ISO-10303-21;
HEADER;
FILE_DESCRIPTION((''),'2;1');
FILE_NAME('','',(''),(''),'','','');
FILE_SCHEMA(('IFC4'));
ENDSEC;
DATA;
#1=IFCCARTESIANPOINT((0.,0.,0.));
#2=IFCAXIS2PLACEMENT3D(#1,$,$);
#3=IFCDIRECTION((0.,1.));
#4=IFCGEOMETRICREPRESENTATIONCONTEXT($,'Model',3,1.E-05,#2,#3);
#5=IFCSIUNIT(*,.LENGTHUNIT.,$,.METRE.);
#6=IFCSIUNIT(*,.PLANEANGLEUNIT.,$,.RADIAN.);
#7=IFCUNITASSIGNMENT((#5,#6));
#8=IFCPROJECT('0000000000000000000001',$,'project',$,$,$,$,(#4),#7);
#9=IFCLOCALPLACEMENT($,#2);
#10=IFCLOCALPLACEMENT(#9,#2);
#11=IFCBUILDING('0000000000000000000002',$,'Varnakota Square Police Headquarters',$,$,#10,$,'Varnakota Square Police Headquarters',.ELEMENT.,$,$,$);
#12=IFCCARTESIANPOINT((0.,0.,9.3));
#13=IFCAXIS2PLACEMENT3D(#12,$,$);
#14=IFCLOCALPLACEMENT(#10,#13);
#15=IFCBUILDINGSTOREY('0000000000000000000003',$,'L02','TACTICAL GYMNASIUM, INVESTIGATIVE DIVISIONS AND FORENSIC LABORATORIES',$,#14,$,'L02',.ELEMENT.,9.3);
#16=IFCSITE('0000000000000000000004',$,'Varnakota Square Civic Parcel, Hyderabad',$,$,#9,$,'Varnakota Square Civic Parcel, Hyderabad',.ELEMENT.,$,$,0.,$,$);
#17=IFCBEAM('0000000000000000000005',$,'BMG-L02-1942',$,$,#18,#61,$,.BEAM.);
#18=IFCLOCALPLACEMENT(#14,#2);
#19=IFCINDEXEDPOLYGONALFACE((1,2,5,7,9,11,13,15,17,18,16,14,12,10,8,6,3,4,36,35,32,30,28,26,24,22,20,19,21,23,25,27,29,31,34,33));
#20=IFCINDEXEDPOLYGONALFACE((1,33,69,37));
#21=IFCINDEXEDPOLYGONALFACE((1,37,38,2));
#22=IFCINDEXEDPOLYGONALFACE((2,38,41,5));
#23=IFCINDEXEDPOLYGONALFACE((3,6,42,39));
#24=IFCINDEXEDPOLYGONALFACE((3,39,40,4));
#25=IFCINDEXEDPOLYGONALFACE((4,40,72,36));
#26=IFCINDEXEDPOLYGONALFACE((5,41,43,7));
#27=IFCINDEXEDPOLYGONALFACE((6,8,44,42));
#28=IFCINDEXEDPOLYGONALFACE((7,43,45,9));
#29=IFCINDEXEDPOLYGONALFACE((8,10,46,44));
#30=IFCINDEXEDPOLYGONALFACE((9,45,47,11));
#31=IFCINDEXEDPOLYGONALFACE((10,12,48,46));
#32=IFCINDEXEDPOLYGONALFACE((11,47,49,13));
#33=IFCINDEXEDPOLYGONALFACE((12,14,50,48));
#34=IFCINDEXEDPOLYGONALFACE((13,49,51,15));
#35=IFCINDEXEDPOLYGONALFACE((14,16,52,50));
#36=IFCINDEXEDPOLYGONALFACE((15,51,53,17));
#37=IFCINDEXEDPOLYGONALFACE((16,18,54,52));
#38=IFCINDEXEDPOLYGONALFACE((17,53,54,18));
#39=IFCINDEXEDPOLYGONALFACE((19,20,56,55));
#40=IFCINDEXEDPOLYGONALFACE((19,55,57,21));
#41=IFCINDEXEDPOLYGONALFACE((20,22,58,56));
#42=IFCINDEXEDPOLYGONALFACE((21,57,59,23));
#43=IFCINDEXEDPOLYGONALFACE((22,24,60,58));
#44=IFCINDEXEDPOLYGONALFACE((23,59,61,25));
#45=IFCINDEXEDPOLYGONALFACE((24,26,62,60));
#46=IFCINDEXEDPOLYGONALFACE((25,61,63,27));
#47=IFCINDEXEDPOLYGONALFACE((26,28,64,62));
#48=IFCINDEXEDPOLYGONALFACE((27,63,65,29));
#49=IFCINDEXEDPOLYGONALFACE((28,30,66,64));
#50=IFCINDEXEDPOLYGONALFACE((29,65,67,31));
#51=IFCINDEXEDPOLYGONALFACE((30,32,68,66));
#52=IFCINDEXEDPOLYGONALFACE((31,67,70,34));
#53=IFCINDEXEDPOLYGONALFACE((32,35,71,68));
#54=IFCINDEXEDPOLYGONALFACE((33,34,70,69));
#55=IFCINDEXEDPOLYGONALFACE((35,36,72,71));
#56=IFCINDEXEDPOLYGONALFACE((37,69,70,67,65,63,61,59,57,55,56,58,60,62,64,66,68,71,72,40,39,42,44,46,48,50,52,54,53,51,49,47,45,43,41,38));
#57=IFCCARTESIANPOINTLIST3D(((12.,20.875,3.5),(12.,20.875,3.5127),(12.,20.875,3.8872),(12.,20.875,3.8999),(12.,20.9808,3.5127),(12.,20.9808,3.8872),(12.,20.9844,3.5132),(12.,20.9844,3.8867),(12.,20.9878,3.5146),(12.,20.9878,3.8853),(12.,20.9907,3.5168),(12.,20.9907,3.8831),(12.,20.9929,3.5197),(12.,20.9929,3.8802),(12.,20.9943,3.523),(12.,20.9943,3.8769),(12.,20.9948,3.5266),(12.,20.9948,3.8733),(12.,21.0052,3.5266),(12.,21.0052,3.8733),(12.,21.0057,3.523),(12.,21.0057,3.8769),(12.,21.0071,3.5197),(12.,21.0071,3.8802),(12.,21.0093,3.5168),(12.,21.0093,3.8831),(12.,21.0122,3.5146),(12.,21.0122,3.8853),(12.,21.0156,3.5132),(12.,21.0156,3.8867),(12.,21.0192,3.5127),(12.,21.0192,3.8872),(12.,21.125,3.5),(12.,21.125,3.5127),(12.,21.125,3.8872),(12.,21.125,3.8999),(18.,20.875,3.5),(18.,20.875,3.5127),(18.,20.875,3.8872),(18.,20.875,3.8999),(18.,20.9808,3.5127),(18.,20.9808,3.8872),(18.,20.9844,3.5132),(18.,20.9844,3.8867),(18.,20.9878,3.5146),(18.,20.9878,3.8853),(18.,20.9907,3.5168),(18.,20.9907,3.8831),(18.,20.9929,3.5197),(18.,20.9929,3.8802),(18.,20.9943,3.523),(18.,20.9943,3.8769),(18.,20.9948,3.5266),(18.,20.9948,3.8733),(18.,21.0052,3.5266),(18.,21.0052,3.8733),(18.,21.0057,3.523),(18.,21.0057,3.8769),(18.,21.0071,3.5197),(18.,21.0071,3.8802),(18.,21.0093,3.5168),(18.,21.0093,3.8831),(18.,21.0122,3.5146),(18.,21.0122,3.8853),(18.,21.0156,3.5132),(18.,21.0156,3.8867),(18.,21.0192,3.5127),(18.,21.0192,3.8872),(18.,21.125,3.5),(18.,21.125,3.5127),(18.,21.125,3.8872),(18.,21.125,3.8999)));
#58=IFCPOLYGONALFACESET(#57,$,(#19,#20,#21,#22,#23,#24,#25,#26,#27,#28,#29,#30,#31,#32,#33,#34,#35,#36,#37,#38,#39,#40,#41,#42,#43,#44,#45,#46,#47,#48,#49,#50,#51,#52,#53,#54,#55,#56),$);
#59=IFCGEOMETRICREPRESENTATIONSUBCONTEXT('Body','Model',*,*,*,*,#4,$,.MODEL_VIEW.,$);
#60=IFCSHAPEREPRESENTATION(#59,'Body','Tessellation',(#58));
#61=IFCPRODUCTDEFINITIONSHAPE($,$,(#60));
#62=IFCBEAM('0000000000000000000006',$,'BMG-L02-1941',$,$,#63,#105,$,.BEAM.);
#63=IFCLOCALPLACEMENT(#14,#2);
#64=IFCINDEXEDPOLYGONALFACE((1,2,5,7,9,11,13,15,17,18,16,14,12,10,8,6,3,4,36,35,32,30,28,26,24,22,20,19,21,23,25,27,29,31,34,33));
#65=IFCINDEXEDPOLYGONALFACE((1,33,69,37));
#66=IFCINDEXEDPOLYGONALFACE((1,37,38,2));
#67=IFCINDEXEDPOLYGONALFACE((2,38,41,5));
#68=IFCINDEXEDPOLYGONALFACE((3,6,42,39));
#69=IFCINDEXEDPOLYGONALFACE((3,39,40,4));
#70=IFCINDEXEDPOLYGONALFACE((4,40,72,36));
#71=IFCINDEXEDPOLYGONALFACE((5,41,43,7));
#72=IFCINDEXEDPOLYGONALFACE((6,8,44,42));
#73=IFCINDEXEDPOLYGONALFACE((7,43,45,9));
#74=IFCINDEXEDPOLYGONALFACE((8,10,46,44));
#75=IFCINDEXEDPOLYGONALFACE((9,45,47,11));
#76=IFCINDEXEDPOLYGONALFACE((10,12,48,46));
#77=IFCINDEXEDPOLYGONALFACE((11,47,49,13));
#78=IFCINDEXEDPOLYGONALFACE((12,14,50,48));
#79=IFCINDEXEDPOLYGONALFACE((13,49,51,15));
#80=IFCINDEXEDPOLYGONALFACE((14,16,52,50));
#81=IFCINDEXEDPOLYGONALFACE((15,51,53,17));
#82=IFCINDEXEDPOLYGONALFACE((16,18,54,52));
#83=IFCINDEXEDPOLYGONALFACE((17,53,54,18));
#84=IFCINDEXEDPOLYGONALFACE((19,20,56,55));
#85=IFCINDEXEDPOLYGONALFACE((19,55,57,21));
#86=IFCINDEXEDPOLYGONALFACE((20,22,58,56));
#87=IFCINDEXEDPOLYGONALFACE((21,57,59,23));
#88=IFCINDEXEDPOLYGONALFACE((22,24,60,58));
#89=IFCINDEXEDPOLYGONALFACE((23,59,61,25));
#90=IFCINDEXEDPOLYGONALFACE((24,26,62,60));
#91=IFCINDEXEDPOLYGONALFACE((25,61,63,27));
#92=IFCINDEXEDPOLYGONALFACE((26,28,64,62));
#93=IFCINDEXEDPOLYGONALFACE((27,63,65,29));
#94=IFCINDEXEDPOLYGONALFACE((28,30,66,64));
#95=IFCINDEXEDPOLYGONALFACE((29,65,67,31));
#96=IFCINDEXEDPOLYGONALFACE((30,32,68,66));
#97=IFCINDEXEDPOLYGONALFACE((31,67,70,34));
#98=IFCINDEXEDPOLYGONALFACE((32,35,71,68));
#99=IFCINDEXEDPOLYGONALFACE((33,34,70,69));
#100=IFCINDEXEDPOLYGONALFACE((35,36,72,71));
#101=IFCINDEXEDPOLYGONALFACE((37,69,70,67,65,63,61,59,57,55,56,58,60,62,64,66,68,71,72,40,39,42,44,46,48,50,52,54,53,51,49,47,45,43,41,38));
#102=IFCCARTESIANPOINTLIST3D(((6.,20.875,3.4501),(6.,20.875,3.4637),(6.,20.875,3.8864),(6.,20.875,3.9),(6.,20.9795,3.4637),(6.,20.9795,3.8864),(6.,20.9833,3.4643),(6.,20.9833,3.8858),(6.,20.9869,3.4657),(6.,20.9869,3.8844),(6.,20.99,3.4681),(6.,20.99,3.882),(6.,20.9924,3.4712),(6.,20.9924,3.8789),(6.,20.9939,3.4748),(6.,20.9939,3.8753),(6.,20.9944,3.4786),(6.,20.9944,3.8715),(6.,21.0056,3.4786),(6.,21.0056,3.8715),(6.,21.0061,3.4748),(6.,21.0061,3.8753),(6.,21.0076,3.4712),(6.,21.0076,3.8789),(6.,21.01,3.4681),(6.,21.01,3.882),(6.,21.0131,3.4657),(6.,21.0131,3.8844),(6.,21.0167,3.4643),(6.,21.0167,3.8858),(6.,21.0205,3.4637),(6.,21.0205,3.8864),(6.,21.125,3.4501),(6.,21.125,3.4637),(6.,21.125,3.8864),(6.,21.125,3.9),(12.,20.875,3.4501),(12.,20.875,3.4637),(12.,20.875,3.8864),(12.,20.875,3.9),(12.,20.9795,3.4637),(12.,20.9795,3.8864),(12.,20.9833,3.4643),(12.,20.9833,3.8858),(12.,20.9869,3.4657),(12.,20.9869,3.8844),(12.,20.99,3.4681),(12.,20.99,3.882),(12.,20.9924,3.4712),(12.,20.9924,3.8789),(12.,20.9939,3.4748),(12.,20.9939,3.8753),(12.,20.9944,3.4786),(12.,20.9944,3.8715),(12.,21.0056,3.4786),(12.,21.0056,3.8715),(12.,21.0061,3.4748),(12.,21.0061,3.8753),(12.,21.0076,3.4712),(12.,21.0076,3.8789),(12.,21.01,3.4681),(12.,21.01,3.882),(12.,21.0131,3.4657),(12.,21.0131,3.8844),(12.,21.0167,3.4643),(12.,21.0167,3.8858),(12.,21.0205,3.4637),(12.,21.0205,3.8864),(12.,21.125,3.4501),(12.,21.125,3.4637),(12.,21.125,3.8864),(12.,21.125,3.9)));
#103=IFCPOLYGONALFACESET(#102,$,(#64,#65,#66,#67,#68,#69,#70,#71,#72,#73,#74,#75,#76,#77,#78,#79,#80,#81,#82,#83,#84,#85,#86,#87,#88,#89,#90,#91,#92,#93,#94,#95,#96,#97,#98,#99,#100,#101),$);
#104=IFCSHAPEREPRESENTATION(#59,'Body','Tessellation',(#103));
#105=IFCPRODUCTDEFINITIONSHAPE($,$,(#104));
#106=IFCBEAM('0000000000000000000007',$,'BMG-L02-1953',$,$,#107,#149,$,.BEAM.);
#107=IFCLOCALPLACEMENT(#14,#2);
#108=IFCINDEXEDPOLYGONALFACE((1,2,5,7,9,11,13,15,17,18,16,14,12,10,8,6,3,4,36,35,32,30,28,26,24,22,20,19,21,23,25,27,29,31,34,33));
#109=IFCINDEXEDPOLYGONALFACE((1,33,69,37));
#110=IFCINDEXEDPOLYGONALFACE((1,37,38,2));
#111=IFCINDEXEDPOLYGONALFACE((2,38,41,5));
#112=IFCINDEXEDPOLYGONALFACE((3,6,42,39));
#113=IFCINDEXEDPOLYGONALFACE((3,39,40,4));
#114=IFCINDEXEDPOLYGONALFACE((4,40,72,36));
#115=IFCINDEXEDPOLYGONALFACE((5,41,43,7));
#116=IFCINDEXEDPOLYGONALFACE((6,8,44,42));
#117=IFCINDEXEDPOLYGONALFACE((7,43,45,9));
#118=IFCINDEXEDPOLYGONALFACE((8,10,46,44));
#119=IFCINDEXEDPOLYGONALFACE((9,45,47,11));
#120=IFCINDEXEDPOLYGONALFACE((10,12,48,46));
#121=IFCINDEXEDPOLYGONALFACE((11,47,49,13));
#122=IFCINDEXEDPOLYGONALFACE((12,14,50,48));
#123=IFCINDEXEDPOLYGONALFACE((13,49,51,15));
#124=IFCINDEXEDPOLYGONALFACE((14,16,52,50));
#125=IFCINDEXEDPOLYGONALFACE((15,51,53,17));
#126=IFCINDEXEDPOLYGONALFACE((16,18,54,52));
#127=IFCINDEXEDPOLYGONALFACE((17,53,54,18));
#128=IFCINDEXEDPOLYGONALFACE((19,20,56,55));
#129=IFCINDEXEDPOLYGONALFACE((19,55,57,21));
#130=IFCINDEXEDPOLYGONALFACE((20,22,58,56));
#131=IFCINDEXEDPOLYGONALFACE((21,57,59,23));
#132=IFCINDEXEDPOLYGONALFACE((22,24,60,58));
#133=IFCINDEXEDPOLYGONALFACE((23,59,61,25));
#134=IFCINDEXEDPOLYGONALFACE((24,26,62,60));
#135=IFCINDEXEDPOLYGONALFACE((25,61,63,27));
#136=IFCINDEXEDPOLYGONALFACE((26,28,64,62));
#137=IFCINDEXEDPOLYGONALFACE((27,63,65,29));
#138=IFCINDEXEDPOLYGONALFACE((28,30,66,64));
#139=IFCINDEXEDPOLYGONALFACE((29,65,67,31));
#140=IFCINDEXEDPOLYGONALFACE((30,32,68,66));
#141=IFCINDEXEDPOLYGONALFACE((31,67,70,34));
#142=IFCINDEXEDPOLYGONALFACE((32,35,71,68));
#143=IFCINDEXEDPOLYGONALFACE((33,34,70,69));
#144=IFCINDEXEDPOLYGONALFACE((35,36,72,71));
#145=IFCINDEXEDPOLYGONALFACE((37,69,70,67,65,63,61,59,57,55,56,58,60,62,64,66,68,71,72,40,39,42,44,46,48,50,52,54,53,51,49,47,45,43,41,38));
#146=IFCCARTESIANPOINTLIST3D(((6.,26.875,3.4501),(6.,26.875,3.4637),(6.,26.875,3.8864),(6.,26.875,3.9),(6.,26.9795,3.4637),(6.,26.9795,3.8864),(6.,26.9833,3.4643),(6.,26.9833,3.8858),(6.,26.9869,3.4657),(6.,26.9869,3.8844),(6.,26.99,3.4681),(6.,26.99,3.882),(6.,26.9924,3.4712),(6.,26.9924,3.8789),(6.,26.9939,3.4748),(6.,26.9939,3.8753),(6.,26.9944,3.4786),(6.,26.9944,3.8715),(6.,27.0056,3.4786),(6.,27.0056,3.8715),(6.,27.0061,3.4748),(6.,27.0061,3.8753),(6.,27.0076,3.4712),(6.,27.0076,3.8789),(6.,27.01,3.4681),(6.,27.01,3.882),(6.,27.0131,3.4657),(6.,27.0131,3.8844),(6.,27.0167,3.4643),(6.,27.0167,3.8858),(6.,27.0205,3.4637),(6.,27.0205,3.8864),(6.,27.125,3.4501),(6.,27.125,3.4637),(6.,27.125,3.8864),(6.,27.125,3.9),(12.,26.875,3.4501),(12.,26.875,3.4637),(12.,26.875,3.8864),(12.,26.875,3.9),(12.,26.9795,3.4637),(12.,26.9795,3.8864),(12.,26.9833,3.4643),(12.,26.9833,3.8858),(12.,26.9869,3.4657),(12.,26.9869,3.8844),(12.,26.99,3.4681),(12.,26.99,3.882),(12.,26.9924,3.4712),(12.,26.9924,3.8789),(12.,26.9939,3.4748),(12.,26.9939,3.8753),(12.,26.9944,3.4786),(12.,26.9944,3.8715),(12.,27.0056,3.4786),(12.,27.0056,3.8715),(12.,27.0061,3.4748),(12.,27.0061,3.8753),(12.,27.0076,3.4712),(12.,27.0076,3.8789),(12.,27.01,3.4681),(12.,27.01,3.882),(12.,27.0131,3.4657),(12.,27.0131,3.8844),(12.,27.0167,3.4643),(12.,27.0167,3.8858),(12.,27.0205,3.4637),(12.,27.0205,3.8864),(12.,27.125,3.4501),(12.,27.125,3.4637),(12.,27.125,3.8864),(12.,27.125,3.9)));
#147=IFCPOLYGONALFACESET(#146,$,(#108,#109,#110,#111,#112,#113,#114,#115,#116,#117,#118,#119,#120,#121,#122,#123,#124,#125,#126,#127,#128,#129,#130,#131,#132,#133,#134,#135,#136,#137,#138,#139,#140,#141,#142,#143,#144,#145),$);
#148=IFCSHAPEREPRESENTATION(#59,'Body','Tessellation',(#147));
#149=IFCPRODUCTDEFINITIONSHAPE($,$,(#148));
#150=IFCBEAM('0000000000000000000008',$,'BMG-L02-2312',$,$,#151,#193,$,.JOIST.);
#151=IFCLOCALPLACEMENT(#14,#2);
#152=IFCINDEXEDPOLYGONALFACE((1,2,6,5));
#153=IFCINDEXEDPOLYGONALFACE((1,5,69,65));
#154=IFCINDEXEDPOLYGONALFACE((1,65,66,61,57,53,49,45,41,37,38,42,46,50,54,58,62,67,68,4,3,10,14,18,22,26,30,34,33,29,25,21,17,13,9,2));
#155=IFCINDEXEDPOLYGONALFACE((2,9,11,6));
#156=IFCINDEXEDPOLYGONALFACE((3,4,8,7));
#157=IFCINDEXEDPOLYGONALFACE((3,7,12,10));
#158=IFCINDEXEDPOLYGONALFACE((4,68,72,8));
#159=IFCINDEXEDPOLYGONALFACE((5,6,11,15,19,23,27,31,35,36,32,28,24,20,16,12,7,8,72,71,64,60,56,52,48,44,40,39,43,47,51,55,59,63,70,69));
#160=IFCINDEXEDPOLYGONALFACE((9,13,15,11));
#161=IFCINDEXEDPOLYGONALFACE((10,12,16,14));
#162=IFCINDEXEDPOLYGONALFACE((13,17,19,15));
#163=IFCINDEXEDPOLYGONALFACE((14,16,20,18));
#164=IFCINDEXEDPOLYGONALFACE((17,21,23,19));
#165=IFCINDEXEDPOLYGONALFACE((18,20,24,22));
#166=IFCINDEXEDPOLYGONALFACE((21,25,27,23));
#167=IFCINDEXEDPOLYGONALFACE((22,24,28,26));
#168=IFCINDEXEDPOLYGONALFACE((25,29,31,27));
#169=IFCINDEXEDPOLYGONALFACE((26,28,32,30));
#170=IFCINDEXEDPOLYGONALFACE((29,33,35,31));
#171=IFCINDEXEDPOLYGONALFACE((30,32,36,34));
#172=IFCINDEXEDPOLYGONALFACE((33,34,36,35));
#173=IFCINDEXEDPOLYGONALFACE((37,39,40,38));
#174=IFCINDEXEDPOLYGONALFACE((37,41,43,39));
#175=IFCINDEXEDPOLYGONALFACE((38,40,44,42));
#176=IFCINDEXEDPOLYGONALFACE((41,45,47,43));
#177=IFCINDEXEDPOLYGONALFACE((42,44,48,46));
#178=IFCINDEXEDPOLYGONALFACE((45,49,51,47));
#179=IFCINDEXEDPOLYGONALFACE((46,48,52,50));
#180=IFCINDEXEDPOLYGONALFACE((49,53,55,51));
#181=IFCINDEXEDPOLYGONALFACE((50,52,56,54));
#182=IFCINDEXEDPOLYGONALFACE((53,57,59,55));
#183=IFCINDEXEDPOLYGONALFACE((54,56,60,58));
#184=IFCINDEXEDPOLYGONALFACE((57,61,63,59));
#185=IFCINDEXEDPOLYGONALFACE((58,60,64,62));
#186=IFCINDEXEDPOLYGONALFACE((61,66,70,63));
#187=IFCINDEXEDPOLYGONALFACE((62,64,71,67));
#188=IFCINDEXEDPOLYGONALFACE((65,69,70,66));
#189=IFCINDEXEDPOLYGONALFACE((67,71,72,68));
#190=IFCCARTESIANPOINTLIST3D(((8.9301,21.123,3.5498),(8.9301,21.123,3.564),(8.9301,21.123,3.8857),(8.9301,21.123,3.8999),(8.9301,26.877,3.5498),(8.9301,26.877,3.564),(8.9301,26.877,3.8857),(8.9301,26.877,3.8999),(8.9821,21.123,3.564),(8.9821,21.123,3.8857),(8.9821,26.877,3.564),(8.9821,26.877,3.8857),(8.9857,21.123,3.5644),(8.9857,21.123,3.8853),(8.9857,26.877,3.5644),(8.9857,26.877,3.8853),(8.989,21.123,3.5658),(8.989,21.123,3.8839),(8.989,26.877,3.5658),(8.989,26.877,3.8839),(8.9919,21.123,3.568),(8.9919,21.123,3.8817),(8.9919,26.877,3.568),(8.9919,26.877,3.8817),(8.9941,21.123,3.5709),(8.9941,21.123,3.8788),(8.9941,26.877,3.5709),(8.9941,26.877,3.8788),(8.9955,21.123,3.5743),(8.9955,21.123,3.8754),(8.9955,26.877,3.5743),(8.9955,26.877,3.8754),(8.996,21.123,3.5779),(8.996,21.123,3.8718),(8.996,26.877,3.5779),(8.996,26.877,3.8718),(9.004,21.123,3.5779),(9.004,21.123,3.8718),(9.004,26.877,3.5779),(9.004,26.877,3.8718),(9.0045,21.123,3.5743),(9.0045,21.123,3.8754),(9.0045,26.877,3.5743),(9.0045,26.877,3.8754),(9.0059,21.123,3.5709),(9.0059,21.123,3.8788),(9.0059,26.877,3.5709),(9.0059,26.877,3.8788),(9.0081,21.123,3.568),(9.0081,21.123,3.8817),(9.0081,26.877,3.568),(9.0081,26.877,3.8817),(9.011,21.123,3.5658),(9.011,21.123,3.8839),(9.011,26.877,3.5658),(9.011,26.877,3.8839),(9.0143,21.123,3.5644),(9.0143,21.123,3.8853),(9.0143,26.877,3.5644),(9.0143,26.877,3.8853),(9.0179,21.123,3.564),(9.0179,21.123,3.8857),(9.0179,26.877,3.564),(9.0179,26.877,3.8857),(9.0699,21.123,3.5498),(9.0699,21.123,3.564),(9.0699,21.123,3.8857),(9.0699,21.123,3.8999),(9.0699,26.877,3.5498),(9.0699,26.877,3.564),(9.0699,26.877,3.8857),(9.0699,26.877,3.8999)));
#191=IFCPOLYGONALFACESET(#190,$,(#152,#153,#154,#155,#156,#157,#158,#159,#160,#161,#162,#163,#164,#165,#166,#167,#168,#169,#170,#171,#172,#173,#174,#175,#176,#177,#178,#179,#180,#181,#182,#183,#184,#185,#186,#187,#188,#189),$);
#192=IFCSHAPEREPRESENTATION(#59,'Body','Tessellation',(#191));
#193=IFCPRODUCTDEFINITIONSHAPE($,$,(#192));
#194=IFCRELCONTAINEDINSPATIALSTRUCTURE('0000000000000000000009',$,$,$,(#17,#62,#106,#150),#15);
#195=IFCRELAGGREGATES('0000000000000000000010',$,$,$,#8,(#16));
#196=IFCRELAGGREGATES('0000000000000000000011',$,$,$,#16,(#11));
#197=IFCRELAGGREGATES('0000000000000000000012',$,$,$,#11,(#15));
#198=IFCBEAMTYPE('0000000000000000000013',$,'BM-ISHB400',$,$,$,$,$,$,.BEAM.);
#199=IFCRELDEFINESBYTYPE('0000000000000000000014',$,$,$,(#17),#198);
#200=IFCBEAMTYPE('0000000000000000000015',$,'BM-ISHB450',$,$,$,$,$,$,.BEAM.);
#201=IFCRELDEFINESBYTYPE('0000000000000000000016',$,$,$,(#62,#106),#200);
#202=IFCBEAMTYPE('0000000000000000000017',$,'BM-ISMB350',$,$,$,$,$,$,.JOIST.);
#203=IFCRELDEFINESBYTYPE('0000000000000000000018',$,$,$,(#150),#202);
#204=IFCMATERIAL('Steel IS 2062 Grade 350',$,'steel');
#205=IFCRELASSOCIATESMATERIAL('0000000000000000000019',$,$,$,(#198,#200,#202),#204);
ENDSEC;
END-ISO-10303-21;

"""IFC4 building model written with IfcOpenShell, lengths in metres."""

from ifc_helpers import new_model, si_unit, direction, frame, origin, origin_2d, place, context, subcontext, project, spatial, i_section, extrude, material, material_profile, profile_set, type_object, element, save


model = new_model("IFC4")

# Units and contexts
model_context = context("Model", 3, precision=1e-05, world=origin(), true_north=direction((0.0, 1.0)))
body_context = subcontext(model_context, "Body", "Model", "MODEL_VIEW")
ifc_project = project(units=[si_unit("LENGTHUNIT", "METRE"), si_unit("PLANEANGLEUNIT", "RADIAN")], contexts=[model_context])

# Site, building, storey
site_placement = place(None, origin())
site = spatial("IfcSite", under=ifc_project, at=site_placement, Name="Varnakota Square Civic Parcel, Hyderabad", LongName="Varnakota Square Civic Parcel, Hyderabad", CompositionType="ELEMENT", RefElevation=0.0)
building_placement = place(site_placement, origin())
building = spatial("IfcBuilding", under=site, at=building_placement, Name="Varnakota Square Police Headquarters", LongName="Varnakota Square Police Headquarters", CompositionType="ELEMENT")
storey_placement = place(building_placement, frame((0.0, 0.0, 9.3)))
storey = spatial("IfcBuildingStorey", under=building, at=storey_placement, Name="L02", Description="TACTICAL GYMNASIUM, INVESTIGATIVE DIVISIONS AND FORENSIC LABORATORIES", LongName="L02", CompositionType="ELEMENT", Elevation=9.3)

# Shared definitions
ifc_material_1 = material(Name="Steel IS 2062 Grade 350", Category="steel")

# Beams
ifc_material_profile_1 = material_profile(ifc_material_1, i_section(OverallWidth=0.25, OverallDepth=0.3999, WebThickness=0.0105, FlangeThickness=0.0127, FilletRadius=0.0139, at=origin_2d()), Name="ISHB 400")
ifc_profile_set_1 = profile_set([ifc_material_profile_1], Name="Steel IS 2062 Grade 350")
beam_type_1 = type_object("IfcBeamType", Name="BM-ISHB400", PredefinedType="BEAM", material=ifc_profile_set_1)
beam_1_placement = place(storey_placement, frame((12.0, 21.0, 3.7), z_axis=(1.0, 0.0, 0.0), x_axis=(0.0, 1.0, 0.0)))
element("IfcBeam", 1, at=beam_1_placement, inside=storey, type_object=beam_type_1, Name="BMG-L02-1942", PredefinedType="BEAM", context=body_context, shape_type="SweptSolid", body=[
    extrude(i_section(OverallWidth=0.25, OverallDepth=0.3999, WebThickness=0.0105, FlangeThickness=0.0127, FilletRadius=0.0139, at=origin_2d()), origin(), (0.0, 0.0, 1.0), 6.0),
])
ifc_material_profile_2 = material_profile(ifc_material_1, i_section(OverallWidth=0.25, OverallDepth=0.45, WebThickness=0.0112, FlangeThickness=0.0137, FilletRadius=0.0149, at=origin_2d()), Name="ISHB 450")
ifc_profile_set_2 = profile_set([ifc_material_profile_2], Name="Steel IS 2062 Grade 350")
beam_type_2 = type_object("IfcBeamType", Name="BM-ISHB450", PredefinedType="BEAM", material=ifc_profile_set_2)
for number, where, z_axis, x_axis, name in (
    (2, (6.0, 21.0, 3.675), (1.0, 0.0, 0.0), (0.0, 1.0, 0.0), "BMG-L02-1941"),
    (3, (6.0, 27.0, 3.675), (1.0, 0.0, 0.0), (0.0, 1.0, 0.0), "BMG-L02-1953"),
):
    element("IfcBeam", number, at=place(storey_placement, frame(where, z_axis=z_axis, x_axis=x_axis)), inside=storey, type_object=beam_type_2, Name=name, PredefinedType="BEAM", context=body_context, shape_type="SweptSolid", body=[
        extrude(i_section(OverallWidth=0.25, OverallDepth=0.45, WebThickness=0.0112, FlangeThickness=0.0137, FilletRadius=0.0149, at=origin_2d()), origin(), (0.0, 0.0, 1.0), 6.0),
    ])
ifc_material_profile_3 = material_profile(ifc_material_1, i_section(OverallWidth=0.1399, OverallDepth=0.3501, WebThickness=0.0081, FlangeThickness=0.0142, FilletRadius=0.0139, at=origin_2d()), Name="ISMB 350")
ifc_profile_set_3 = profile_set([ifc_material_profile_3], Name="Steel IS 2062 Grade 350")
beam_type_3 = type_object("IfcBeamType", Name="BM-ISMB350", PredefinedType="JOIST", material=ifc_profile_set_3)
beam_2_placement = place(storey_placement, frame((9.0, 21.123, 3.7249), z_axis=(0.0, 1.0, 0.0), x_axis=(-1.0, 0.0, 0.0)))
element("IfcBeam", 4, at=beam_2_placement, inside=storey, type_object=beam_type_3, Name="BMG-L02-2312", PredefinedType="JOIST", context=body_context, shape_type="SweptSolid", body=[
    extrude(i_section(OverallWidth=0.1399, OverallDepth=0.3501, WebThickness=0.0081, FlangeThickness=0.0142, FilletRadius=0.0139, at=origin_2d()), origin(), (0.0, 0.0, 1.0), 5.7539),
])

save(model, "model.ifc")
